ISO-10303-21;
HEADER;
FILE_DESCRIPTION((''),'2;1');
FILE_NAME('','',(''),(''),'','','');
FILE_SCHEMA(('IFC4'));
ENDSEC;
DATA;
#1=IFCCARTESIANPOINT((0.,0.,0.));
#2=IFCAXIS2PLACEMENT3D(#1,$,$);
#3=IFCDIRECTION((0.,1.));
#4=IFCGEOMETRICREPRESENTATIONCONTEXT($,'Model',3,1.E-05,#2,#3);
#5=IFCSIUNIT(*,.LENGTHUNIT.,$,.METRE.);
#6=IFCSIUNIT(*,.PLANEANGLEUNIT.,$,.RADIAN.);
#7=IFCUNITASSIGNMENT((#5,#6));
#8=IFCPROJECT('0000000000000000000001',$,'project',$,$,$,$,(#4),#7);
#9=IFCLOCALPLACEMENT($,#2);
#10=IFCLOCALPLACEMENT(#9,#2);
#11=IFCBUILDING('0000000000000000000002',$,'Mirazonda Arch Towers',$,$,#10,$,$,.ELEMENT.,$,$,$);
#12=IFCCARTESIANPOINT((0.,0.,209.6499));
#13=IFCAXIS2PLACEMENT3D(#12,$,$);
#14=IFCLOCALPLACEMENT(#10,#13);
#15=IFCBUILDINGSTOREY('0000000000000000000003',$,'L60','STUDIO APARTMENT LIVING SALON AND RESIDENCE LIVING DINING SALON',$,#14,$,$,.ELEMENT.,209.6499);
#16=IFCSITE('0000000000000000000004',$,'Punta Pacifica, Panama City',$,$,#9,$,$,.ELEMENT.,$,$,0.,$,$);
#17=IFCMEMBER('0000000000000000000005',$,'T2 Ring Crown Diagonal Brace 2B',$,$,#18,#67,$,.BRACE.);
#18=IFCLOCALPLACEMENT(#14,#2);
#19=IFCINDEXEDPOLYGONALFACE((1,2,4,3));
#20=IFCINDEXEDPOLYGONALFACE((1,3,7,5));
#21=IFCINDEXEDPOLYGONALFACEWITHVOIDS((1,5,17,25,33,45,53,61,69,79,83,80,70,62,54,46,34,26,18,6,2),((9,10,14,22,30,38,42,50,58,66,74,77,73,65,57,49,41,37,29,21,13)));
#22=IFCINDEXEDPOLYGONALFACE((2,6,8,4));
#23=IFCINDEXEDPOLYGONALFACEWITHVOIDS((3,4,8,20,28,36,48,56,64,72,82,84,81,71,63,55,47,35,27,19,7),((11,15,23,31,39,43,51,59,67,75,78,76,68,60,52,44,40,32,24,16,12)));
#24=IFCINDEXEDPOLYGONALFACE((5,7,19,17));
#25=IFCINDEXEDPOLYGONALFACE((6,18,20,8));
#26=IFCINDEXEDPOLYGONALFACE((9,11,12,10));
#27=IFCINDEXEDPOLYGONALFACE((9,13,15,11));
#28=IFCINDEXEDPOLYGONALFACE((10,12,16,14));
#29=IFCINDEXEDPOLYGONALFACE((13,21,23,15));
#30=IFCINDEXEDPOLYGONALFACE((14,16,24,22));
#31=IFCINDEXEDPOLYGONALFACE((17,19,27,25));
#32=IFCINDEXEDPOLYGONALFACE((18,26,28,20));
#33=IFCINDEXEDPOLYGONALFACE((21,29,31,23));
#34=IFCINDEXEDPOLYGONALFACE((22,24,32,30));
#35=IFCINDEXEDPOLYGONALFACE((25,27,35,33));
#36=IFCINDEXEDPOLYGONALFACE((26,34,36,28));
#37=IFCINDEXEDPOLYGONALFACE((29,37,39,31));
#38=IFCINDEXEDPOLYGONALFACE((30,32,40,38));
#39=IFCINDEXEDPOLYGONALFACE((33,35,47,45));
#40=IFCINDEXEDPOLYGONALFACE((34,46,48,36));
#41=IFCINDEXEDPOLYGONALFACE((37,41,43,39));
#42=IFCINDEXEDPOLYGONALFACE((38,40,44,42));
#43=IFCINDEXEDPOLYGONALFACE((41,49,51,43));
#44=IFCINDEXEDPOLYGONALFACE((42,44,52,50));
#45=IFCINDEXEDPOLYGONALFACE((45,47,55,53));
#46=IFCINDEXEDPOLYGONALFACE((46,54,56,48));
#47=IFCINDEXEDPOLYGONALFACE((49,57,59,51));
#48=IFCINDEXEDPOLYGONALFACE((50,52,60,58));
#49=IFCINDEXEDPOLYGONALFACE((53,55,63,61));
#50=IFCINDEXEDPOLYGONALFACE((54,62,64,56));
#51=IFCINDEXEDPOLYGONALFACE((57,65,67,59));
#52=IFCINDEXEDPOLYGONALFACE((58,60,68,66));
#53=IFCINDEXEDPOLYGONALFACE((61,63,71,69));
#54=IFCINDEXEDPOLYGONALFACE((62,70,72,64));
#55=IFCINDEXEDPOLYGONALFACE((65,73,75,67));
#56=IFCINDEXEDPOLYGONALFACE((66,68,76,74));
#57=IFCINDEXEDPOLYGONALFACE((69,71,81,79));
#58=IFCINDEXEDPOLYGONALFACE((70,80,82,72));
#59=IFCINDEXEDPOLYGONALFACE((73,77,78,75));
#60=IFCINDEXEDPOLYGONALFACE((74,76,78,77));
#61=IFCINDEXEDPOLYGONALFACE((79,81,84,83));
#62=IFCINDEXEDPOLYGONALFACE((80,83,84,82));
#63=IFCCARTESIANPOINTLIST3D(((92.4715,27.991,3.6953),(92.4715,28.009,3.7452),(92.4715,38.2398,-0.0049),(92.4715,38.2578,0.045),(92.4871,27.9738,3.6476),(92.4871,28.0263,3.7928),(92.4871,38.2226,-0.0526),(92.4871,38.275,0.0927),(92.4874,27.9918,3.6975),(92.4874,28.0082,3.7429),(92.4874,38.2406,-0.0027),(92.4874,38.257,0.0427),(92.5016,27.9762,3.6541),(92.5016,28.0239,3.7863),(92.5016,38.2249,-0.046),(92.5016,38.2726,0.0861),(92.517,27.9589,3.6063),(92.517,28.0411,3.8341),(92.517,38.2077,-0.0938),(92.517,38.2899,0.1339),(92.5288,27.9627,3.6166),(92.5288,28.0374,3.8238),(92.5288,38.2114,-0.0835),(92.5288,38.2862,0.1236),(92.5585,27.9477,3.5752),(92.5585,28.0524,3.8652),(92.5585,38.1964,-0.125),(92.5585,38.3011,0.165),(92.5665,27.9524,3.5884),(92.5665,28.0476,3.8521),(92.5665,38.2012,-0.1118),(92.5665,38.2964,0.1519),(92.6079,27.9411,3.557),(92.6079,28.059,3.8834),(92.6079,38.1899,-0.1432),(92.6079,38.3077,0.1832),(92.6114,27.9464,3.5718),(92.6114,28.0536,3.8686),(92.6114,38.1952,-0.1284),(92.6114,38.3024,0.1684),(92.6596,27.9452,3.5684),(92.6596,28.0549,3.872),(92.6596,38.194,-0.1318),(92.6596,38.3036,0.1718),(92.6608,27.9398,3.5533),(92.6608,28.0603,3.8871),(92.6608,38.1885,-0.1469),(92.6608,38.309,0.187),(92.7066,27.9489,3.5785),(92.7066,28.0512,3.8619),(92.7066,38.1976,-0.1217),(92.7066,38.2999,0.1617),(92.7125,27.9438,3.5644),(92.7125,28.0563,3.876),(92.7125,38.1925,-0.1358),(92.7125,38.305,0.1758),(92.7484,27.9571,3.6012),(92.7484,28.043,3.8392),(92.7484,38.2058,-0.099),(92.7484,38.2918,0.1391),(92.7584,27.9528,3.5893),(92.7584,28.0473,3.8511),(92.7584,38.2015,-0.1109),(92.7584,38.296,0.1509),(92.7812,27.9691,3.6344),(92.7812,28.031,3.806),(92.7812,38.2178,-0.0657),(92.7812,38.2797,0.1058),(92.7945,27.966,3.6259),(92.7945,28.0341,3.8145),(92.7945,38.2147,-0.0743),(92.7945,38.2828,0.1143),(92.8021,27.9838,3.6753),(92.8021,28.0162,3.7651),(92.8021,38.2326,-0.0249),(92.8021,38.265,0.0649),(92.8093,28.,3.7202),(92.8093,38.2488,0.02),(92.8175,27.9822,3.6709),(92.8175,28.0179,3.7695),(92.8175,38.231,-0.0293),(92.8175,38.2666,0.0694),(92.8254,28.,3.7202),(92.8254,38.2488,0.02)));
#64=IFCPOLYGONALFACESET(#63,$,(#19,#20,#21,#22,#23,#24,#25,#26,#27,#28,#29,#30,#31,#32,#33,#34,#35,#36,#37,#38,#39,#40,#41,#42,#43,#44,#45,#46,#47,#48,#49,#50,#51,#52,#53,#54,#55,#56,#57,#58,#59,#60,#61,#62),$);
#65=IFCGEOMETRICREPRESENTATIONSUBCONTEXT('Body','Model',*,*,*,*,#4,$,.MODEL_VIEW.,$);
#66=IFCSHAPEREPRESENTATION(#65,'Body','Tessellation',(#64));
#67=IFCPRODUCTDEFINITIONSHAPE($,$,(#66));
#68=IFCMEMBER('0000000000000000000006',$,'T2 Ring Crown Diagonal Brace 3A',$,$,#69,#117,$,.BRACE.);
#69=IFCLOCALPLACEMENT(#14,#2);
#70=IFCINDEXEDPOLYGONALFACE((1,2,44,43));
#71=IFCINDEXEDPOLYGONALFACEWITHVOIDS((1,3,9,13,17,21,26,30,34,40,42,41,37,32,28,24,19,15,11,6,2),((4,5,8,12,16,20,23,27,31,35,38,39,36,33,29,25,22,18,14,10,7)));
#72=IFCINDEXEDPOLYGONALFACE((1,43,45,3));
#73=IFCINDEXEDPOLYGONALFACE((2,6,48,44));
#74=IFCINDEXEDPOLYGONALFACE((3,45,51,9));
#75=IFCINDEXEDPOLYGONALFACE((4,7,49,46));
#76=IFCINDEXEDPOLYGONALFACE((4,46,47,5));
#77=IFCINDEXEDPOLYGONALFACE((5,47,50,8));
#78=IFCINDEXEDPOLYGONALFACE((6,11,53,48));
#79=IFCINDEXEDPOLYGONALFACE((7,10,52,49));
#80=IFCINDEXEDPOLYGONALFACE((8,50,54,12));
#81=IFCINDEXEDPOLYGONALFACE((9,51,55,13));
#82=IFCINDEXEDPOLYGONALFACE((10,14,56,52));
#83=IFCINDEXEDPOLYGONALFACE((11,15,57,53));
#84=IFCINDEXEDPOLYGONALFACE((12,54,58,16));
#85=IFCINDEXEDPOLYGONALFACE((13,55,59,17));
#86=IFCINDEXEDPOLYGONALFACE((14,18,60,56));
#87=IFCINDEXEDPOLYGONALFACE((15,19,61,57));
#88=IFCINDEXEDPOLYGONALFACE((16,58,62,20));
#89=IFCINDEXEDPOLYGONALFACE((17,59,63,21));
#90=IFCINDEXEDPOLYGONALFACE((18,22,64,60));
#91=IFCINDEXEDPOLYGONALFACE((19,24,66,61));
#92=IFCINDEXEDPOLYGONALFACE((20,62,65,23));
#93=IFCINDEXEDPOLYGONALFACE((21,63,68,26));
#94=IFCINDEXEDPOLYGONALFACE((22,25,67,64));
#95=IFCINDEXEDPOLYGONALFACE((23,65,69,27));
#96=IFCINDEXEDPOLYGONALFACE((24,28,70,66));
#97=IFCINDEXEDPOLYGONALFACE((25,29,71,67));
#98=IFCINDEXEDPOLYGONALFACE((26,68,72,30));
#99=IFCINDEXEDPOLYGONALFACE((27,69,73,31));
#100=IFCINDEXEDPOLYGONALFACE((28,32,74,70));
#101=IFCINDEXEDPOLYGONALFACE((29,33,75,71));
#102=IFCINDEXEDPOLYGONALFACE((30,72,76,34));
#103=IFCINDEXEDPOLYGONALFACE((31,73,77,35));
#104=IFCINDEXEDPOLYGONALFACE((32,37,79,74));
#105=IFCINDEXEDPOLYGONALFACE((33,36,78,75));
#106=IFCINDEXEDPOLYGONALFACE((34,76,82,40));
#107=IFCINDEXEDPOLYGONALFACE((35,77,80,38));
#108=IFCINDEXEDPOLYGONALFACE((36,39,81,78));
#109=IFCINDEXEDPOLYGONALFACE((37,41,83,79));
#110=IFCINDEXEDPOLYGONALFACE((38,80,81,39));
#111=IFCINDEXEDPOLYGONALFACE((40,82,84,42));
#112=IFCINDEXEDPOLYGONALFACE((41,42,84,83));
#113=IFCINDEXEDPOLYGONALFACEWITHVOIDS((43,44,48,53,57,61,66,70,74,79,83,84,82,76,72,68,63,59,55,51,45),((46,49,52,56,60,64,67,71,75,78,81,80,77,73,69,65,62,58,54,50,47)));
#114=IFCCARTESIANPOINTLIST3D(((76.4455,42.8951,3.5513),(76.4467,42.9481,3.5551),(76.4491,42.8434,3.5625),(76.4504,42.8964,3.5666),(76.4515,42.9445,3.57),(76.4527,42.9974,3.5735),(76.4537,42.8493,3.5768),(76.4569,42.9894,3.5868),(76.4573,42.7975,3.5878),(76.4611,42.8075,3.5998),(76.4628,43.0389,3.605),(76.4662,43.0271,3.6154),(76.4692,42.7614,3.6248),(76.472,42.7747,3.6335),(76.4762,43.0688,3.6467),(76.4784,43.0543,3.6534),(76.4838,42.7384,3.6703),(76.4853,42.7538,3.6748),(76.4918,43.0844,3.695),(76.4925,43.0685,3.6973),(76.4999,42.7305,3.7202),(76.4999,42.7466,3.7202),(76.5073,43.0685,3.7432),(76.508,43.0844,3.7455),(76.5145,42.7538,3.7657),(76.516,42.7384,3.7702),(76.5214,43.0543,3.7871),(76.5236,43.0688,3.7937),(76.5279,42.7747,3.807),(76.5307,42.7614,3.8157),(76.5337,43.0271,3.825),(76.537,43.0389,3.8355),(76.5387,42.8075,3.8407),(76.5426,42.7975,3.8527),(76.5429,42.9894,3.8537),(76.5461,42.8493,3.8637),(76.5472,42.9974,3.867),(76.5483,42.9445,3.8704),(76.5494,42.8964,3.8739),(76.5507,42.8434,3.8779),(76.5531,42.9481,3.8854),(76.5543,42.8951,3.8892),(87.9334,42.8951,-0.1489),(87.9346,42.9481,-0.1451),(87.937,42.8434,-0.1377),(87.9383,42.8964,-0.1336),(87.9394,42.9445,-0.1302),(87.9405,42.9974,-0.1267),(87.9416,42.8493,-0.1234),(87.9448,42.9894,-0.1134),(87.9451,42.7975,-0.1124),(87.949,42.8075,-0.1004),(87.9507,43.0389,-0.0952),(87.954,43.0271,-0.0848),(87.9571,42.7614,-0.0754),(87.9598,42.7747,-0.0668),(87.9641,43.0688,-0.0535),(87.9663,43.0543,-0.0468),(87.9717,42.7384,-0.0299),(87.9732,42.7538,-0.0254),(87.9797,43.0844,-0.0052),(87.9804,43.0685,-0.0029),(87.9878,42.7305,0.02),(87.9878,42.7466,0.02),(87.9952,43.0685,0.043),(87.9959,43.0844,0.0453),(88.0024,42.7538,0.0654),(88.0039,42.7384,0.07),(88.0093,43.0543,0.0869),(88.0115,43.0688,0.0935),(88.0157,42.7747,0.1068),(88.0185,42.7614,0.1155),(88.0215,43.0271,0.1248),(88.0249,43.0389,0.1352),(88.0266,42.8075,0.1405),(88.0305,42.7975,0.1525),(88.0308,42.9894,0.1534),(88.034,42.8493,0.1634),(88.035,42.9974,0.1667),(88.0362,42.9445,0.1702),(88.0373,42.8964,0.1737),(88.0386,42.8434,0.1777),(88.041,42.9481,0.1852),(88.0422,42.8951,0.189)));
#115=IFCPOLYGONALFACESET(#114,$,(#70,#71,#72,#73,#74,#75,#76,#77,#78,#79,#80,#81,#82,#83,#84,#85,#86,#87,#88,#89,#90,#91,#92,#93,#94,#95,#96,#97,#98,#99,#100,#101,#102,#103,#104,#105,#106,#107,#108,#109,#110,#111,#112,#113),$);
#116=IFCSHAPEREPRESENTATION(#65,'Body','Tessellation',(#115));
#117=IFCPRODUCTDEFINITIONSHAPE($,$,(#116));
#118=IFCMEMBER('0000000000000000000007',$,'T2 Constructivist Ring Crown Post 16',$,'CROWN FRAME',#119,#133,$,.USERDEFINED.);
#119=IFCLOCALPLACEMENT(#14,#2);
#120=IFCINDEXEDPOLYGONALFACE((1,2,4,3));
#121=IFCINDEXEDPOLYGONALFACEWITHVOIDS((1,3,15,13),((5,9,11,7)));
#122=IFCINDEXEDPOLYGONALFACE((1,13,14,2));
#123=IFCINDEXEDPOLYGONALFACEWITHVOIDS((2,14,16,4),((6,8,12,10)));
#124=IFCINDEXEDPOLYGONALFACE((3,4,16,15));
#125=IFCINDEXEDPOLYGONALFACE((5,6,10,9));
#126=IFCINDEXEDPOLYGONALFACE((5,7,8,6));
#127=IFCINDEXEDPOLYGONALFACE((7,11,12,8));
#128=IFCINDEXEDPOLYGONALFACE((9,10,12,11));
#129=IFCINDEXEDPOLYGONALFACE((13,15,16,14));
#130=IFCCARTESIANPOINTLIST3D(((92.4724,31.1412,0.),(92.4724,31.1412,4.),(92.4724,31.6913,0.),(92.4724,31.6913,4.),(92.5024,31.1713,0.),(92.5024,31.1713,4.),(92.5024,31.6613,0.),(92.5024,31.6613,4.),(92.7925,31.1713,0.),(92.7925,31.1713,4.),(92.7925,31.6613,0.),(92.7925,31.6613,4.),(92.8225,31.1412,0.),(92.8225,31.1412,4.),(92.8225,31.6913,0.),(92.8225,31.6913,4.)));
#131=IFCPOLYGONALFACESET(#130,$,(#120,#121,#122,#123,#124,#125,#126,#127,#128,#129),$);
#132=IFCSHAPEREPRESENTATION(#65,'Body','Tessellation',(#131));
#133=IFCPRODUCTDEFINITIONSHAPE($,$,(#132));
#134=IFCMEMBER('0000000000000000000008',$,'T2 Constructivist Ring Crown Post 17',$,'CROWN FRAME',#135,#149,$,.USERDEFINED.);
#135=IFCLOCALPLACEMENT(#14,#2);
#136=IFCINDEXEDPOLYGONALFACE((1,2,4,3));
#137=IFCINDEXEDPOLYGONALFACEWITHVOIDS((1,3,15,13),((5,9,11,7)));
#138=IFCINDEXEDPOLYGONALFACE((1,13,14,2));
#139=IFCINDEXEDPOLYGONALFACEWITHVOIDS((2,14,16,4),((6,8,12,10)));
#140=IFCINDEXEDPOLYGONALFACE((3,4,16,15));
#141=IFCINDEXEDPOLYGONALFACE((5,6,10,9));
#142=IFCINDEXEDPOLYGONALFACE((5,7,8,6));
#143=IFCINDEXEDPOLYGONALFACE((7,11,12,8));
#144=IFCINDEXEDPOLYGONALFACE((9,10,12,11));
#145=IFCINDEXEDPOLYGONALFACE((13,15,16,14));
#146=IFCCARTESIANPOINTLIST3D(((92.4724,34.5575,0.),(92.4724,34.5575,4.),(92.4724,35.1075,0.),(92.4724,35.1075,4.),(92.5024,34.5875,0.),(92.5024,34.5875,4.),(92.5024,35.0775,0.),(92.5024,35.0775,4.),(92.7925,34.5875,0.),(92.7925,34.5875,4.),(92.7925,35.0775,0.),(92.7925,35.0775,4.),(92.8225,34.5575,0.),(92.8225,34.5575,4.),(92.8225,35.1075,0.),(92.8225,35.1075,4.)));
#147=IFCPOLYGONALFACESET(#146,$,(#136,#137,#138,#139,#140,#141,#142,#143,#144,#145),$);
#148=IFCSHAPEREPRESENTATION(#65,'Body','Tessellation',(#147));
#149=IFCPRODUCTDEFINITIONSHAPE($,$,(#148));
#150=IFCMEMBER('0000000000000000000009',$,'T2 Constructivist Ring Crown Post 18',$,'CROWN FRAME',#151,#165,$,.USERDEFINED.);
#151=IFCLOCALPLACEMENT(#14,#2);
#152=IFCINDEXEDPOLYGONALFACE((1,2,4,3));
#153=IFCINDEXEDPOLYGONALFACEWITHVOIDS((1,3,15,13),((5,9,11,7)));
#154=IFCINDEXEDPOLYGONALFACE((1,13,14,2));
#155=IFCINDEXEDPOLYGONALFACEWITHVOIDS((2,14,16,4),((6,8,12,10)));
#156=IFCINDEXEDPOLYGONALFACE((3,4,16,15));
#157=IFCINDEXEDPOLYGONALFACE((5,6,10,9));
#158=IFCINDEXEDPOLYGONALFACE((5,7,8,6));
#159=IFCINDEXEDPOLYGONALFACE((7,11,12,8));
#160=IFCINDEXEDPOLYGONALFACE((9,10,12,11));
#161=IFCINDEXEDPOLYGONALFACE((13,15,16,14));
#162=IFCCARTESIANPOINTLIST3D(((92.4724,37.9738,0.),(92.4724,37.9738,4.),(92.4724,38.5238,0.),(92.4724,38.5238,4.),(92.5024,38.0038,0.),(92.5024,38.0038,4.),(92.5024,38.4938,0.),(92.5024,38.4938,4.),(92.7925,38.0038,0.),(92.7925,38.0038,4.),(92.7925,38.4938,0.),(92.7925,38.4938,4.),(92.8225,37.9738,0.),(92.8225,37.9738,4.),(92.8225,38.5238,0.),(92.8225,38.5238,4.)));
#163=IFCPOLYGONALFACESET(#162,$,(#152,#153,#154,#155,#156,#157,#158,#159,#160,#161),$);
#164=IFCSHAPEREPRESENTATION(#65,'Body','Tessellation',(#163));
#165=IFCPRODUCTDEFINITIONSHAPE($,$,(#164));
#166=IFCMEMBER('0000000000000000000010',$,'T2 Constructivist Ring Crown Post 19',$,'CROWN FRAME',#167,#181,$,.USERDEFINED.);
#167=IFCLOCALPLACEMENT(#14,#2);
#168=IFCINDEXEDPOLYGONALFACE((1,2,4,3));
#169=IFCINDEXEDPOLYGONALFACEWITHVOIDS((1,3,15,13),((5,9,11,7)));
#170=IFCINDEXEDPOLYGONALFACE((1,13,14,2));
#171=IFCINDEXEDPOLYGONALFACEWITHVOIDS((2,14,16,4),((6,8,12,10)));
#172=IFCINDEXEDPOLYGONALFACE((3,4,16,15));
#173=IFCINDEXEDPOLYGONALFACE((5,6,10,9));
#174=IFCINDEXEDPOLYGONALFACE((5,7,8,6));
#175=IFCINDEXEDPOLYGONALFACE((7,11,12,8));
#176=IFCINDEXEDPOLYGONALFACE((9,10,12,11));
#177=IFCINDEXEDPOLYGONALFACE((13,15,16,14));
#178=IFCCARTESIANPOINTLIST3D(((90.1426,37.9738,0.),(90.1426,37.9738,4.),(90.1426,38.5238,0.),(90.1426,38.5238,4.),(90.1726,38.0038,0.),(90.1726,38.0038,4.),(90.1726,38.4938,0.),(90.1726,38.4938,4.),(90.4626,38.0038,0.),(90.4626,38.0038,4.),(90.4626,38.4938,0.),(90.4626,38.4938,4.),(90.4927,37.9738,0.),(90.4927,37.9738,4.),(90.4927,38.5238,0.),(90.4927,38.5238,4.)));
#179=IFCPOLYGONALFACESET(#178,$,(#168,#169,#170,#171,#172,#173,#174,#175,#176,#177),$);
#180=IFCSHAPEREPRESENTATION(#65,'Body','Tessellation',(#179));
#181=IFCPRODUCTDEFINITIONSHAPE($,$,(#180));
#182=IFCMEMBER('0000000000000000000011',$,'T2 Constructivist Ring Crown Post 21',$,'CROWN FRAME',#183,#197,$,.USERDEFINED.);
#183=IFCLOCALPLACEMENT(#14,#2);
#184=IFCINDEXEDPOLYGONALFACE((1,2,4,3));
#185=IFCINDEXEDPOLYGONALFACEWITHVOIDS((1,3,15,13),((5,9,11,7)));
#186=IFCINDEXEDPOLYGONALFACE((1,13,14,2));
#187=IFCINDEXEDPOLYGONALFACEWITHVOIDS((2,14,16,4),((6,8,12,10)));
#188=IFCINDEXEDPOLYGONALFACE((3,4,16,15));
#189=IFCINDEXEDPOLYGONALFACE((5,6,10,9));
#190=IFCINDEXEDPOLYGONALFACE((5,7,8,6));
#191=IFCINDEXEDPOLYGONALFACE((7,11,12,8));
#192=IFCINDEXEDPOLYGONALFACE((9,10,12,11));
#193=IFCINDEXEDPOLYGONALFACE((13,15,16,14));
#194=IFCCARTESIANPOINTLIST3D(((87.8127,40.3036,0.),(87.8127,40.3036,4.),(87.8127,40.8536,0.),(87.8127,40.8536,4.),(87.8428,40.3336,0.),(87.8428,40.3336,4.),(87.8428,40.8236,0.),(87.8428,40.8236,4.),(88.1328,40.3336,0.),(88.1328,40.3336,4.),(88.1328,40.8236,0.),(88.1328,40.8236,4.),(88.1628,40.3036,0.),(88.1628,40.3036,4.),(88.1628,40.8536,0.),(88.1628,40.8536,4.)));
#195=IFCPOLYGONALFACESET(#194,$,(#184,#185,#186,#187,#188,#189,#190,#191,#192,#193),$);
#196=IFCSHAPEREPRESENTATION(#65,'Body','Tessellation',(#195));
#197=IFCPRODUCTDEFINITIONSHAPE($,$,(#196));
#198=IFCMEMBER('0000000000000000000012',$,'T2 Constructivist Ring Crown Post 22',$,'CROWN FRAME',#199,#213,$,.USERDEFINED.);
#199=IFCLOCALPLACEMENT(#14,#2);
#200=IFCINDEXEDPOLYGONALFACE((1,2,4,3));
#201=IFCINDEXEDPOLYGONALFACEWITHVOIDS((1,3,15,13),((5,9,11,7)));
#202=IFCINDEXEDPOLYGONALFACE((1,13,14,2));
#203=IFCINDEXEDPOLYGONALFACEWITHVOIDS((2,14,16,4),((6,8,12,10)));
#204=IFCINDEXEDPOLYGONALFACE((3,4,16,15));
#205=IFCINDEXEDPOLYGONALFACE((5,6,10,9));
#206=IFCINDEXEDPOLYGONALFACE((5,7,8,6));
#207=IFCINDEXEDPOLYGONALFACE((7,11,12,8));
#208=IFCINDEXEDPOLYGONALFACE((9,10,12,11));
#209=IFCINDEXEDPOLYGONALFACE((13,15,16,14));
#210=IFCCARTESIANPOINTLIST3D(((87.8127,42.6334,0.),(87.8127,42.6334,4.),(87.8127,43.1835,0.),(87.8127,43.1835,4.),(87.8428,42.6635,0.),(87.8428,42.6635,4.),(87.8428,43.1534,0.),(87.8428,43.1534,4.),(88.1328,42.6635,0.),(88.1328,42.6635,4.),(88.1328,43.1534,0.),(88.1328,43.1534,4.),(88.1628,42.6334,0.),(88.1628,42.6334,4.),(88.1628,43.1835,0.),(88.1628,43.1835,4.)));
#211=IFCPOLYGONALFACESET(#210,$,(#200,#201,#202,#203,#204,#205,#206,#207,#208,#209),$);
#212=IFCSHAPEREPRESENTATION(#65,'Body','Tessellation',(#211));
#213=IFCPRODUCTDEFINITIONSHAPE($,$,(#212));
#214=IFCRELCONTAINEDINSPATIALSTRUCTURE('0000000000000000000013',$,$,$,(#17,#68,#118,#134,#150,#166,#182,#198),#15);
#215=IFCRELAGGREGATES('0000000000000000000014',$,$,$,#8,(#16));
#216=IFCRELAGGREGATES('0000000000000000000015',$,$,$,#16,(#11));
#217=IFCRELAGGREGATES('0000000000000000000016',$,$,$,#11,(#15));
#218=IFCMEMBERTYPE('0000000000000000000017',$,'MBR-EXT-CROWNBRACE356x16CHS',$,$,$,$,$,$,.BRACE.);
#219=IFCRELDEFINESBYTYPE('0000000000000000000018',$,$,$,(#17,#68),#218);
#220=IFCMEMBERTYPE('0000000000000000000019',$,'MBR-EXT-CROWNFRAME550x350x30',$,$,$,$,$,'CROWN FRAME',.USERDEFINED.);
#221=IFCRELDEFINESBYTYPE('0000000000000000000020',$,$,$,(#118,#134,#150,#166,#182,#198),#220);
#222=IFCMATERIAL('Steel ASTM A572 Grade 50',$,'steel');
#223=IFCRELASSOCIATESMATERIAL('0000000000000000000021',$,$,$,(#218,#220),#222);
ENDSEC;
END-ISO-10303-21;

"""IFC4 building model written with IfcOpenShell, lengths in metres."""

from ifc_helpers import new_model, si_unit, direction, frame, origin, origin_2d, place, context, subcontext, project, spatial, hollow_rectangle, hollow_circle, extrude, material, material_profile, profile_set, type_object, element, save


model = new_model("IFC4")

# Units and contexts
model_context = context("Model", 3, precision=1e-05, world=origin(), true_north=direction((0.0, 1.0)))
body_context = subcontext(model_context, "Body", "Model", "MODEL_VIEW")
ifc_project = project(units=[si_unit("LENGTHUNIT", "METRE"), si_unit("PLANEANGLEUNIT", "RADIAN")], contexts=[model_context])

# Site, building, storey
site_placement = place(None, origin())
site = spatial("IfcSite", under=ifc_project, at=site_placement, Name="Punta Pacifica, Panama City", CompositionType="ELEMENT", RefElevation=0.0)
building_placement = place(site_placement, origin())
building = spatial("IfcBuilding", under=site, at=building_placement, Name="Mirazonda Arch Towers", CompositionType="ELEMENT")
storey_placement = place(building_placement, frame((0.0, 0.0, 209.6499)))
storey = spatial("IfcBuildingStorey", under=building, at=storey_placement, Name="L60", Description="STUDIO APARTMENT LIVING SALON AND RESIDENCE LIVING DINING SALON", CompositionType="ELEMENT", Elevation=209.6499)

# Members
ifc_material_1 = material(Name="Steel ASTM A572 Grade 50", Category="steel")
ifc_material_profile_1 = material_profile(ifc_material_1, hollow_circle(Radius=0.178, WallThickness=0.0161, at=origin_2d()), Name="CROWNBRACE356x16CHS")
ifc_profile_set_1 = profile_set([ifc_material_profile_1], Name="Steel ASTM A572 Grade 50")
member_type_1 = type_object("IfcMemberType", Name="MBR-EXT-CROWNBRACE356x16CHS", PredefinedType="BRACE", material=ifc_profile_set_1)
member_1_placement = place(storey_placement, frame((92.6475, 38.2488, 0.02), z_axis=(0.0, -0.940576, 0.339583), x_axis=(1.0, 0.0, 0.0)))
element("IfcMember", 1, at=member_1_placement, inside=storey, type_object=member_type_1, Name="T2 Ring Crown Diagonal Brace 2B", PredefinedType="BRACE", context=body_context, shape_type="SweptSolid", body=[
    extrude(hollow_circle(Radius=0.178, WallThickness=0.0161, at=origin_2d()), origin(), (0.0, 0.0, 1.0), 10.8962),
])
member_2_placement = place(storey_placement, frame((87.9878, 42.9084, 0.02), z_axis=(-0.951843, 0.0, 0.306587), x_axis=(0.0, -1.0, 0.0)))
element("IfcMember", 2, at=member_2_placement, inside=storey, type_object=member_type_1, Name="T2 Ring Crown Diagonal Brace 3A", PredefinedType="BRACE", context=body_context, shape_type="SweptSolid", body=[
    extrude(hollow_circle(Radius=0.178, WallThickness=0.0161, at=origin_2d()), origin(), (0.0, 0.0, 1.0), 12.0691),
])
ifc_material_profile_2 = material_profile(ifc_material_1, hollow_rectangle(XDim=0.3501, YDim=0.55, WallThickness=0.03, at=origin_2d()), Name="CROWNFRAME550x350x30")
ifc_profile_set_2 = profile_set([ifc_material_profile_2], Name="Steel ASTM A572 Grade 50")
member_type_2 = type_object("IfcMemberType", Name="MBR-EXT-CROWNFRAME550x350x30", ElementType="CROWN FRAME", PredefinedType="USERDEFINED", material=ifc_profile_set_2)
for number, where, z_axis, x_axis, name in (
    (3, (92.6475, 31.4163, 0.0), (0.0, 0.0, 1.0), (1.0, 0.0, 0.0), "T2 Constructivist Ring Crown Post 16"),
    (4, (92.6475, 34.8325, 0.0), (0.0, 0.0, 1.0), (1.0, 0.0, 0.0), "T2 Constructivist Ring Crown Post 17"),
    (5, (92.6475, 38.2488, 0.0), (0.0, 0.0, 1.0), (1.0, 0.0, 0.0), "T2 Constructivist Ring Crown Post 18"),
    (6, (90.3176, 38.2488, 0.0), (0.0, 0.0, 1.0), (1.0, 0.0, 0.0), "T2 Constructivist Ring Crown Post 19"),
    (7, (87.9878, 40.5786, 0.0), (0.0, 0.0, 1.0), (1.0, 0.0, 0.0), "T2 Constructivist Ring Crown Post 21"),
    (8, (87.9878, 42.9084, 0.0), (0.0, 0.0, 1.0), (1.0, 0.0, 0.0), "T2 Constructivist Ring Crown Post 22"),
):
    element("IfcMember", number, at=place(storey_placement, frame(where, z_axis=z_axis, x_axis=x_axis)), inside=storey, type_object=member_type_2, Name=name, ObjectType="CROWN FRAME", PredefinedType="USERDEFINED", context=body_context, shape_type="SweptSolid", body=[
        extrude(hollow_rectangle(XDim=0.3501, YDim=0.55, WallThickness=0.03, at=origin_2d()), origin(), (0.0, 0.0, 1.0), 4.0),
    ])

save(model, "model.ifc")
